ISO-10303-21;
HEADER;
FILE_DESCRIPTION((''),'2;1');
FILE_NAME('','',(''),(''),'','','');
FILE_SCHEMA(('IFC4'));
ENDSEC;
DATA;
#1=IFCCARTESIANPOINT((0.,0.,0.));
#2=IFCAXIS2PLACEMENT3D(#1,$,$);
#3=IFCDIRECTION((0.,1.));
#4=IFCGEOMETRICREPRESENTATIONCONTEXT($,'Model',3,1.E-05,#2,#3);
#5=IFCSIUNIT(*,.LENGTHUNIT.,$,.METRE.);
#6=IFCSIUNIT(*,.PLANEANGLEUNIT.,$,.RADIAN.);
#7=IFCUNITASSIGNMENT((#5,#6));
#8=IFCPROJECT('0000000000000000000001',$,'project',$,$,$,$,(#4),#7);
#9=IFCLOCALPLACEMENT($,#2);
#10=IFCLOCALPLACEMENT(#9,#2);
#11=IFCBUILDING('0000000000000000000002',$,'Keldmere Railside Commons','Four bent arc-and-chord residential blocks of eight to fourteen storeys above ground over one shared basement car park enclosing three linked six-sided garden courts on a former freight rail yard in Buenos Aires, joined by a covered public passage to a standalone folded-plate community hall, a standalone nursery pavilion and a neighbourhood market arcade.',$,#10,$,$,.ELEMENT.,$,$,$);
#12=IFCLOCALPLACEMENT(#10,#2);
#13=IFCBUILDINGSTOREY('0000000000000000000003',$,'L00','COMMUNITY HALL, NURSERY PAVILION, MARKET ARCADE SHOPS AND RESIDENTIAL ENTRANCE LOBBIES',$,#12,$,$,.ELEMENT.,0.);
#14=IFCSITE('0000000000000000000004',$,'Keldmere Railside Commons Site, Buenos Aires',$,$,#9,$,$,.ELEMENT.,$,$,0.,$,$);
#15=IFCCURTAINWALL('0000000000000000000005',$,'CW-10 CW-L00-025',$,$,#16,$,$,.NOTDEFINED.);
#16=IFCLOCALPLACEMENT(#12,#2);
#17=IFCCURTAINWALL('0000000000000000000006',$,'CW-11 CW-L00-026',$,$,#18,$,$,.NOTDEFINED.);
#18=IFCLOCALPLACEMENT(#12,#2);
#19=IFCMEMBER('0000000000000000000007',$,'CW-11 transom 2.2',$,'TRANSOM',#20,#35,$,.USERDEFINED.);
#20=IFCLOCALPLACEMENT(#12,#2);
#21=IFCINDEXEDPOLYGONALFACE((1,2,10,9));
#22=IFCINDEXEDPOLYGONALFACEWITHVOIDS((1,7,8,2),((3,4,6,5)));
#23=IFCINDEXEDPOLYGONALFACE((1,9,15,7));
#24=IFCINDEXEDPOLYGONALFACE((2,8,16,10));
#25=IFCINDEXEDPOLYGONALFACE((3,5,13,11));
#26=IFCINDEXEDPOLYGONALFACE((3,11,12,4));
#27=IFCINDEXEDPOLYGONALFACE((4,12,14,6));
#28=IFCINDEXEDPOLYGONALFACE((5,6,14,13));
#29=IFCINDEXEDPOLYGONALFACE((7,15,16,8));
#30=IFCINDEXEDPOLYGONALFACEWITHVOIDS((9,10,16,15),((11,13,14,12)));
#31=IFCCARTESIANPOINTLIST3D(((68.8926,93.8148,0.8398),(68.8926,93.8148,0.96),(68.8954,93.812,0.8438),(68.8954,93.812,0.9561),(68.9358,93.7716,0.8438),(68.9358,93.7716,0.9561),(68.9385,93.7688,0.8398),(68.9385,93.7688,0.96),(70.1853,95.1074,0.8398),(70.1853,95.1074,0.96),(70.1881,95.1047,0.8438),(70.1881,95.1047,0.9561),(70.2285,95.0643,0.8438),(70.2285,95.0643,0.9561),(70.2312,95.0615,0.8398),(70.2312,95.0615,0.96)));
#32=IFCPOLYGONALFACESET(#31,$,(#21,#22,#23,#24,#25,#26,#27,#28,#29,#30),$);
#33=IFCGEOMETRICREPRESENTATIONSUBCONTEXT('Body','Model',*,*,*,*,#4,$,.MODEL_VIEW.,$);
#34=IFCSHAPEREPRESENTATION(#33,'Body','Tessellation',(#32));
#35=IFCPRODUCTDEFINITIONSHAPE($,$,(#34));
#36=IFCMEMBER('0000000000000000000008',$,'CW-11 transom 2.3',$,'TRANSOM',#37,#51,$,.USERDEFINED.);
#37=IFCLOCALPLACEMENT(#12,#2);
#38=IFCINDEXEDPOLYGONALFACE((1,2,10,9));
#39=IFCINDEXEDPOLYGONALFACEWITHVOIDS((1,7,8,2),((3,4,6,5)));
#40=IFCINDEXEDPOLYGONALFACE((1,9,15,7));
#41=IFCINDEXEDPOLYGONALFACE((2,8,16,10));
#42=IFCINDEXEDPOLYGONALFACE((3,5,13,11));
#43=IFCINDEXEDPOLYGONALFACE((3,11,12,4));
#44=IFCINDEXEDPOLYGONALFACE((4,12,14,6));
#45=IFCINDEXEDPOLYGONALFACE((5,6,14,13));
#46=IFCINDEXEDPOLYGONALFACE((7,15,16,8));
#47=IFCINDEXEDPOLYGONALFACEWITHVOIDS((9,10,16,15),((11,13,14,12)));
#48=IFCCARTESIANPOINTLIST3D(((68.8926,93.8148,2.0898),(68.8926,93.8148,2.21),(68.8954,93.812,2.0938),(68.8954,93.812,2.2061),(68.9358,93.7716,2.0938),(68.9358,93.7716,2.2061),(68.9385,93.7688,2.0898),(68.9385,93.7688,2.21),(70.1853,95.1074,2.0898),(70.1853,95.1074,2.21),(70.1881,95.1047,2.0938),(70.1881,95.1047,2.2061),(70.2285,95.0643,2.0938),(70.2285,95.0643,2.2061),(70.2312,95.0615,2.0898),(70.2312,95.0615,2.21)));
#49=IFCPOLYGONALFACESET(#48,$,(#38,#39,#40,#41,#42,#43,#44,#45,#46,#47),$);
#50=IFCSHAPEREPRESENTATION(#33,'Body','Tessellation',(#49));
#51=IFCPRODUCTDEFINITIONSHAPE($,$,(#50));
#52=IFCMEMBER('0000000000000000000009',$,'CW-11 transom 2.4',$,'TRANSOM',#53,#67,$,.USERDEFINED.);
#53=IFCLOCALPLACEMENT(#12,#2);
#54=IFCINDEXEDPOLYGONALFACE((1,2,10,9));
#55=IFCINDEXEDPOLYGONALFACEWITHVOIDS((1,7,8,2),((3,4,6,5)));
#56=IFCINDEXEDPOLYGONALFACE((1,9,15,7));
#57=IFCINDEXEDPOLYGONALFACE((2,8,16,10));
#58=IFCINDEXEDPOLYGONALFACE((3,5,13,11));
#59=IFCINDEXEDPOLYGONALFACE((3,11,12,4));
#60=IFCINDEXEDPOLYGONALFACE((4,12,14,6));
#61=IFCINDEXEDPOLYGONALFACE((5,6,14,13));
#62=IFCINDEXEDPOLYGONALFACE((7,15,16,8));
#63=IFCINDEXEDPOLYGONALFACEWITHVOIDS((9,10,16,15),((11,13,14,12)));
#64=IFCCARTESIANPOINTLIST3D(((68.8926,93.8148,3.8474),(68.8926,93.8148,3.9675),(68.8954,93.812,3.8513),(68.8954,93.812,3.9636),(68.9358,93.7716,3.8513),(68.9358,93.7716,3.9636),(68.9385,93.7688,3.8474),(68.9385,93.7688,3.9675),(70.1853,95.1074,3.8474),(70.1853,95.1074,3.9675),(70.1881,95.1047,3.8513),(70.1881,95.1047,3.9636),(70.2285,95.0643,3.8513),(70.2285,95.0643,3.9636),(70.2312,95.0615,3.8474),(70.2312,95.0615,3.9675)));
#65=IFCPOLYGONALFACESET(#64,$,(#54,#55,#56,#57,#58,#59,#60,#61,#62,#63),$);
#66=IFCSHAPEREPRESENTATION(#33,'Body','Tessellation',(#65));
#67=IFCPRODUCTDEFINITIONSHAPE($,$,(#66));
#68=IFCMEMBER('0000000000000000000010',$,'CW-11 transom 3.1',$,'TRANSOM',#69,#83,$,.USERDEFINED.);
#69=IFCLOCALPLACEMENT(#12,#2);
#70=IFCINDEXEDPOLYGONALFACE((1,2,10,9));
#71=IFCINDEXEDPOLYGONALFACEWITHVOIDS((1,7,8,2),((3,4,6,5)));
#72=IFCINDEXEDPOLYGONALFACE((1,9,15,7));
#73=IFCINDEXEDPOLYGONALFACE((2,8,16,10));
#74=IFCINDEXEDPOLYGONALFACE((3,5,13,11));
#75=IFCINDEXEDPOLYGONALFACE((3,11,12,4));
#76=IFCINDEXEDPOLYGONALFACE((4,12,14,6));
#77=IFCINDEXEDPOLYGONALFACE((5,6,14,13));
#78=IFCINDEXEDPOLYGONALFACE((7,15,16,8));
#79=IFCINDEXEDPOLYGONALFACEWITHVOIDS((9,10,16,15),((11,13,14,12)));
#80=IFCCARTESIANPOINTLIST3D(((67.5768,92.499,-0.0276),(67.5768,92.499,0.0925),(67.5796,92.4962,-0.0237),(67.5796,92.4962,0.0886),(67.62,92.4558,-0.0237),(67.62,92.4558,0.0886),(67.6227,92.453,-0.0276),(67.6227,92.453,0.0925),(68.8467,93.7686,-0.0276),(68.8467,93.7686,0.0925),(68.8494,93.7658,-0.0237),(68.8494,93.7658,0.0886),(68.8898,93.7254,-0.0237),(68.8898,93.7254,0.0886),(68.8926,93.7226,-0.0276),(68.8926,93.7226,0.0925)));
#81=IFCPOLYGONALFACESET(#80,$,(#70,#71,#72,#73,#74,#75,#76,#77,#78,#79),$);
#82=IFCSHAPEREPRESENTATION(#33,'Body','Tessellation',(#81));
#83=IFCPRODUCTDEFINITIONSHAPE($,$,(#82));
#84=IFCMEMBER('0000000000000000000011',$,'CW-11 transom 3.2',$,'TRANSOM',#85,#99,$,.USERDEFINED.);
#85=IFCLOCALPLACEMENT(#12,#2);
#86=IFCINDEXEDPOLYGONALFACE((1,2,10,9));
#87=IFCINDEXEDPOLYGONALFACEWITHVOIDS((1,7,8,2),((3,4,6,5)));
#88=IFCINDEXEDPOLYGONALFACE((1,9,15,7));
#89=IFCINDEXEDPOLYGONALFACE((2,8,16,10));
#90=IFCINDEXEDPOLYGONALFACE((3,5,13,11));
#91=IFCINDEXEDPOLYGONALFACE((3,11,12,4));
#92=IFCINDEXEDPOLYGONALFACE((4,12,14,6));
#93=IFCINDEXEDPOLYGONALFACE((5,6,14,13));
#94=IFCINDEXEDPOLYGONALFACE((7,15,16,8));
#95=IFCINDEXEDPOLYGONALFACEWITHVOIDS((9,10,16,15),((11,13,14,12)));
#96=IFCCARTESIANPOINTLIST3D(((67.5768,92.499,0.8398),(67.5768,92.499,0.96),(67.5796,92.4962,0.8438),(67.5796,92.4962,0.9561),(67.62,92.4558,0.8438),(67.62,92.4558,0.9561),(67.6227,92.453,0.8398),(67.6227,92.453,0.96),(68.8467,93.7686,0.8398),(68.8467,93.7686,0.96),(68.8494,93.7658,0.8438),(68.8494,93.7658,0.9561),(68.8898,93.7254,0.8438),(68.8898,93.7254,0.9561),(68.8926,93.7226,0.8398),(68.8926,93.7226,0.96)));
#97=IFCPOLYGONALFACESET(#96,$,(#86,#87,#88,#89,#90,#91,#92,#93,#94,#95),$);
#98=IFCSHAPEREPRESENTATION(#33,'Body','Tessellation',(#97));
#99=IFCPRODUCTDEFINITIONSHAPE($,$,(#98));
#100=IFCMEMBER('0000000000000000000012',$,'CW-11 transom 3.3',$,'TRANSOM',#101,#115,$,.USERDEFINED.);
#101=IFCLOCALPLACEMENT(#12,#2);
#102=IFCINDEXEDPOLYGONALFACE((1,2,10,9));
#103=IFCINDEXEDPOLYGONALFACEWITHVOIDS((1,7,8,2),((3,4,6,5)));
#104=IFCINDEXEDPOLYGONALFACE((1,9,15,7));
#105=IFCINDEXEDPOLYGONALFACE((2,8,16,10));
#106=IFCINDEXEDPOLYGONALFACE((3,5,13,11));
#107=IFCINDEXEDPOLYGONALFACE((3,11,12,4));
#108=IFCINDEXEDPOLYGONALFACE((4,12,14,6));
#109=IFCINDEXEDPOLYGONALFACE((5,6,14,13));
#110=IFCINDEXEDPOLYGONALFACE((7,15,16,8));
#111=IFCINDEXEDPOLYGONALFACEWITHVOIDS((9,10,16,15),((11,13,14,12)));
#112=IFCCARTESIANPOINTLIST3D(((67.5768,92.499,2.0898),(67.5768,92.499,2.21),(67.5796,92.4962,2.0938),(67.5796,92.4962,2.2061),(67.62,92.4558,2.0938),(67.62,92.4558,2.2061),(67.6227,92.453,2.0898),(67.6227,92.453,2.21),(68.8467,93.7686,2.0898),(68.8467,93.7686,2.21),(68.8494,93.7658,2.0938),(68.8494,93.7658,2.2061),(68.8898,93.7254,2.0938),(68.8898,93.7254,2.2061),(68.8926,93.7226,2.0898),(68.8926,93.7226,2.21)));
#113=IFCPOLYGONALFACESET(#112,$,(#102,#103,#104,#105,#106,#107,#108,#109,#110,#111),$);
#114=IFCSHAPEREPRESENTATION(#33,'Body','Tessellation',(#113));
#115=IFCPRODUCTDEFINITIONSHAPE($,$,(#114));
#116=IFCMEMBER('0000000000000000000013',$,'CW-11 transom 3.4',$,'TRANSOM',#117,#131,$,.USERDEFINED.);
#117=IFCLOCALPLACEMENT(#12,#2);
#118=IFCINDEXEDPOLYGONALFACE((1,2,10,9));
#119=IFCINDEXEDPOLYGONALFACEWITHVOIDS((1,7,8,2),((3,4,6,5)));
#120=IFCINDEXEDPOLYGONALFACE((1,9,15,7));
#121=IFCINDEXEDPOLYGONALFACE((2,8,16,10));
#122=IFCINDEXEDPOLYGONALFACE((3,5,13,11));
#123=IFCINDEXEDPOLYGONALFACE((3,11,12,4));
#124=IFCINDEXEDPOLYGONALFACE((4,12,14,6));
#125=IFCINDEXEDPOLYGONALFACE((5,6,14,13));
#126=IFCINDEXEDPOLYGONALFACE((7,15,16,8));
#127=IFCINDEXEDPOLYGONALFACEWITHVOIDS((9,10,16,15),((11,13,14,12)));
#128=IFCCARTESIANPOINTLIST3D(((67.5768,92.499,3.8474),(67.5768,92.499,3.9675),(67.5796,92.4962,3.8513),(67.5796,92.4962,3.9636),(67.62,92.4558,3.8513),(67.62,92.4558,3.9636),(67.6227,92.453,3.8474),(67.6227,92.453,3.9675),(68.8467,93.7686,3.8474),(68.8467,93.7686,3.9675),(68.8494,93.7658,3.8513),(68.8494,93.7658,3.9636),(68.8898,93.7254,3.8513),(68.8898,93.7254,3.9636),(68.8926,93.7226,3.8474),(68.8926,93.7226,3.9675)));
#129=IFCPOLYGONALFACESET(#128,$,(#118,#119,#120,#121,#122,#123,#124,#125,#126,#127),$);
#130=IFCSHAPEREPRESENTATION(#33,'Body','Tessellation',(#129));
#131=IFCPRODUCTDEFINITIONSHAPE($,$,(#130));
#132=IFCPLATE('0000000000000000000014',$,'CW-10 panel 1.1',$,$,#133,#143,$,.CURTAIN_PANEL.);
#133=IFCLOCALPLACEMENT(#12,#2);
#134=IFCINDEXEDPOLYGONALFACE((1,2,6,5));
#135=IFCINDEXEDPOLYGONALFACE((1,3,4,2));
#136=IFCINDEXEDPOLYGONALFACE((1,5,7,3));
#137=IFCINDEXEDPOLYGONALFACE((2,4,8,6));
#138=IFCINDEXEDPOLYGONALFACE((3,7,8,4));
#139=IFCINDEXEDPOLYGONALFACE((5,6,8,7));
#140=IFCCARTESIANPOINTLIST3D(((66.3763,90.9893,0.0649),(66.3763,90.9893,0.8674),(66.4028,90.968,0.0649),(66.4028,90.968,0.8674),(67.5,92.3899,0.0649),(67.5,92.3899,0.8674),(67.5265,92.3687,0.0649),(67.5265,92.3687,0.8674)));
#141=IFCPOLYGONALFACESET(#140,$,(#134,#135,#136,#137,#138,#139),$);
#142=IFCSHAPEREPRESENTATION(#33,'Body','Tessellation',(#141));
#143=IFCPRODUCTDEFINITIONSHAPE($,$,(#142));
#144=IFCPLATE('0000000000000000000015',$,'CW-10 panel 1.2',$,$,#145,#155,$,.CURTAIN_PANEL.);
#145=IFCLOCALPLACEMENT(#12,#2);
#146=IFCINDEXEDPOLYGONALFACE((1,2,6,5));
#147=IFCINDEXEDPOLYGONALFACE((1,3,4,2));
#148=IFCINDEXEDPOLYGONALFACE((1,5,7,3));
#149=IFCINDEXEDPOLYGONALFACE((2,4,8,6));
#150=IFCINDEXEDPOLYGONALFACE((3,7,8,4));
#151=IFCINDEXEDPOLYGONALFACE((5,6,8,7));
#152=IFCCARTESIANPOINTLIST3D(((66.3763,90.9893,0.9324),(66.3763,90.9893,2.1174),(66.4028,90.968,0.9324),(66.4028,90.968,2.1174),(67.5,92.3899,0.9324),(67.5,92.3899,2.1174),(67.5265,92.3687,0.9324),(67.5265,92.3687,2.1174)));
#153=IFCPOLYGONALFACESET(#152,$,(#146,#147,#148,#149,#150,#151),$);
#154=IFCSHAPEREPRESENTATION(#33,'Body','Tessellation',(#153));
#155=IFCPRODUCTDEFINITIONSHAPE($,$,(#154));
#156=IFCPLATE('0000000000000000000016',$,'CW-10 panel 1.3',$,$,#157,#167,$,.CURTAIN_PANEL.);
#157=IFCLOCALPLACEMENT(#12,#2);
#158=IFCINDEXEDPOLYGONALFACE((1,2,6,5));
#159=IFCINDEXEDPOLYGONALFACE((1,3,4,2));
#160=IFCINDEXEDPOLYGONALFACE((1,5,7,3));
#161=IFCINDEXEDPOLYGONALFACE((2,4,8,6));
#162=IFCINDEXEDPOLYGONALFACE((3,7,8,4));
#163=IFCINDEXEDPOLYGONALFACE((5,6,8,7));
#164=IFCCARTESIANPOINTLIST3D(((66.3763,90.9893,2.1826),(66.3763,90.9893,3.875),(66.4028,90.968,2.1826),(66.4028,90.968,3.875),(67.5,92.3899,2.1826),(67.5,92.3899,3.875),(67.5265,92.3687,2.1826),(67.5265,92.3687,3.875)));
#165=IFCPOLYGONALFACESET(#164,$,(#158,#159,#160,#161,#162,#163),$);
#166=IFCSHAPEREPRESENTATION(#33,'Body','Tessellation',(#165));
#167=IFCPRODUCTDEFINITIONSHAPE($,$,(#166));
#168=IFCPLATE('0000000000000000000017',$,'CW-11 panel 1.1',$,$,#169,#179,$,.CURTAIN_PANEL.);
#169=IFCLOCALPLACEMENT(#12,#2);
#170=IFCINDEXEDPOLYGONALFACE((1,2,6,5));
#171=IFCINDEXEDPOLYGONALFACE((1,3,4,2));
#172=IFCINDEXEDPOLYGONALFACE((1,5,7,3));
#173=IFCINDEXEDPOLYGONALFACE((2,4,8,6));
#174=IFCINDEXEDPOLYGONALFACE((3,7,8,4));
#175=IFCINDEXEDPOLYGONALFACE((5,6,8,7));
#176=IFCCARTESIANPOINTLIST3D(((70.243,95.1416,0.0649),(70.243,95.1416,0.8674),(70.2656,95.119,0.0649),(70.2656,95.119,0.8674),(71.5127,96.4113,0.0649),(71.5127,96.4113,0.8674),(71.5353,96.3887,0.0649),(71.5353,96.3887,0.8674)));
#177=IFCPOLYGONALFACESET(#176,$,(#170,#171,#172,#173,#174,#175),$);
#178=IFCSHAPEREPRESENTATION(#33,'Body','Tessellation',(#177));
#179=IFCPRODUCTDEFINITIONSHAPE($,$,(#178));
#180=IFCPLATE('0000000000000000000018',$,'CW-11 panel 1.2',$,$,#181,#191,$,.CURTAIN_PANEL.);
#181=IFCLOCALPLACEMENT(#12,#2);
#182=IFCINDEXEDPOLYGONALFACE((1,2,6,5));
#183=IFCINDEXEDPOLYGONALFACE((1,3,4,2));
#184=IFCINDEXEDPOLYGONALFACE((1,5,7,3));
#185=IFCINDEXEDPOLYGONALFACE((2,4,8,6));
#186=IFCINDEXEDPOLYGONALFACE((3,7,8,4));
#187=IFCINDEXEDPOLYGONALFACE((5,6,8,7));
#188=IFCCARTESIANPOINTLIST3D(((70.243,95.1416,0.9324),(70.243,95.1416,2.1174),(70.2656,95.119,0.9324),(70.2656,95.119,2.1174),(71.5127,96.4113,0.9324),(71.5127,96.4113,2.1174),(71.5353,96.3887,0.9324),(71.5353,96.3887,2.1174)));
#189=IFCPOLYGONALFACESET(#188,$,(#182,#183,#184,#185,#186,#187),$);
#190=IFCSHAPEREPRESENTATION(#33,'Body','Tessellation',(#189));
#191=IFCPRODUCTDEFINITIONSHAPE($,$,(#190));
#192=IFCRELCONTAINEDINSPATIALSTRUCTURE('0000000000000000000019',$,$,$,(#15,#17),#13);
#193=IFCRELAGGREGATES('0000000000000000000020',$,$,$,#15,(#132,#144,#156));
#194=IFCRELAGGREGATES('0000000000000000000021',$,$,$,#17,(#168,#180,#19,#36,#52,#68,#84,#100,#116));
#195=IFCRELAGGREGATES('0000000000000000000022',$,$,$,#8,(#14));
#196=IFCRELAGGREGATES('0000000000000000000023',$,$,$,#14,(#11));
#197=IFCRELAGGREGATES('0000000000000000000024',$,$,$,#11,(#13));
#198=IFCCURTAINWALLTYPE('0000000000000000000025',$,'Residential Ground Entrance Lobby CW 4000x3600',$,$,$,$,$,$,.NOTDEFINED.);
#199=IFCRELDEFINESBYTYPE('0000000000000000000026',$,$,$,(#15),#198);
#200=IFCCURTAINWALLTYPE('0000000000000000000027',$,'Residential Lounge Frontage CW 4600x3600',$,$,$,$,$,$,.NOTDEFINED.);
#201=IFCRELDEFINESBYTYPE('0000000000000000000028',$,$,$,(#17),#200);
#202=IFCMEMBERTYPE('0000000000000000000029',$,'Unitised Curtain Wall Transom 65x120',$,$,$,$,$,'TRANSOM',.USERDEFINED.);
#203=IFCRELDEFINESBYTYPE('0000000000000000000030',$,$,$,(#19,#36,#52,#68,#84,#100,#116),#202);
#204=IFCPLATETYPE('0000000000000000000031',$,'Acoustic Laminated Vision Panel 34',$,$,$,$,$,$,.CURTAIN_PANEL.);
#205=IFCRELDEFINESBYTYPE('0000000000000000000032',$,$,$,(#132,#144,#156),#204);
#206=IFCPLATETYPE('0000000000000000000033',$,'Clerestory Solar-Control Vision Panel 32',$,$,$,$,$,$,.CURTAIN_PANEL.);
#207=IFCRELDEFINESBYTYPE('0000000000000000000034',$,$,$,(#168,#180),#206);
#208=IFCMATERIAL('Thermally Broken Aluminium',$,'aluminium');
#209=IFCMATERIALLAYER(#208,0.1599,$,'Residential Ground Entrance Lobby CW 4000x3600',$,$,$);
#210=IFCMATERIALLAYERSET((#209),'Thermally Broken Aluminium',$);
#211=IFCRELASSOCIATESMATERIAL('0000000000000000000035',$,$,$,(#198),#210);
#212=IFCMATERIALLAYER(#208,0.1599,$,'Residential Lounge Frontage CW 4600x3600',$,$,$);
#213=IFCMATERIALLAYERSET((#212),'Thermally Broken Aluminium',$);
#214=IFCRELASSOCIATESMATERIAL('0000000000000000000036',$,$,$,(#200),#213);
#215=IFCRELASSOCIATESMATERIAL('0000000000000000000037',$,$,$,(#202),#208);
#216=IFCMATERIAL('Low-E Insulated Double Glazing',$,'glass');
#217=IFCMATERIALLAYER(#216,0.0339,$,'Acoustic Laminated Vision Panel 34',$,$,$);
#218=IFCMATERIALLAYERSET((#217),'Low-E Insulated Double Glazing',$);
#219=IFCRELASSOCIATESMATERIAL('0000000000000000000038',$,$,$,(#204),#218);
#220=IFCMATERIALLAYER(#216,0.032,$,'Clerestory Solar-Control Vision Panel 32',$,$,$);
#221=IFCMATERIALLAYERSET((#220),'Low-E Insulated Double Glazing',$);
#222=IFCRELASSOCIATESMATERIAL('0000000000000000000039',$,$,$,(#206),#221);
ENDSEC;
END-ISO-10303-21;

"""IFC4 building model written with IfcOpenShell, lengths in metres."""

from ifc_helpers import new_model, si_unit, direction, frame, origin, origin_2d, place, context, subcontext, project, spatial, rectangle, hollow_rectangle, extrude, material, layer, layer_set, material_profile, profile_set, type_object, element, aggregate, save


model = new_model("IFC4")

# Units and contexts
model_context = context("Model", 3, precision=1e-05, world=origin(), true_north=direction((0.0, 1.0)))
body_context = subcontext(model_context, "Body", "Model", "MODEL_VIEW")
ifc_project = project(units=[si_unit("LENGTHUNIT", "METRE"), si_unit("PLANEANGLEUNIT", "RADIAN")], contexts=[model_context])

# Site, building, storey
site_placement = place(None, origin())
site = spatial("IfcSite", under=ifc_project, at=site_placement, Name="Keldmere Railside Commons Site, Buenos Aires", CompositionType="ELEMENT", RefElevation=0.0)
building_placement = place(site_placement, origin())
building = spatial("IfcBuilding", under=site, at=building_placement, Name="Keldmere Railside Commons", Description="Four bent arc-and-chord residential blocks of eight to fourteen storeys above ground over one shared basement car park enclosing three linked six-sided garden courts on a former freight rail yard in Buenos Aires, joined by a covered public passage to a standalone folded-plate community hall, a standalone nursery pavilion and a neighbourhood market arcade.", CompositionType="ELEMENT")
storey_placement = place(building_placement, origin())
storey = spatial("IfcBuildingStorey", under=building, at=storey_placement, Name="L00", Description="COMMUNITY HALL, NURSERY PAVILION, MARKET ARCADE SHOPS AND RESIDENTIAL ENTRANCE LOBBIES", CompositionType="ELEMENT", Elevation=0.0)

# Curtain walls
ifc_material_1 = material(Name="Thermally Broken Aluminium", Category="aluminium")
ifc_layer_1 = layer(ifc_material_1, 0.1599, Name="Residential Ground Entrance Lobby CW 4000x3600")
ifc_layer_set_1 = layer_set([ifc_layer_1], Name="Thermally Broken Aluminium")
curtain_wall_type_1 = type_object("IfcCurtainWallType", Name="Residential Ground Entrance Lobby CW 4000x3600", PredefinedType="NOTDEFINED", material=ifc_layer_set_1)
curtain_wall_1_placement = place(storey_placement, origin())
curtain_wall_1 = element("IfcCurtainWall", 1, at=curtain_wall_1_placement, inside=storey, type_object=curtain_wall_type_1, Name="CW-10 CW-L00-025", PredefinedType="NOTDEFINED")
ifc_layer_2 = layer(ifc_material_1, 0.1599, Name="Residential Lounge Frontage CW 4600x3600")
ifc_layer_set_2 = layer_set([ifc_layer_2], Name="Thermally Broken Aluminium")
curtain_wall_type_2 = type_object("IfcCurtainWallType", Name="Residential Lounge Frontage CW 4600x3600", PredefinedType="NOTDEFINED", material=ifc_layer_set_2)
curtain_wall_2_placement = place(storey_placement, origin())
curtain_wall_2 = element("IfcCurtainWall", 2, at=curtain_wall_2_placement, inside=storey, type_object=curtain_wall_type_2, Name="CW-11 CW-L00-026", PredefinedType="NOTDEFINED")

# Members
ifc_material_profile_1 = material_profile(ifc_material_1, hollow_rectangle(XDim=0.0649, YDim=0.1201, WallThickness=0.0039, at=origin_2d()), Name="ALU-TRAN-65x120")
ifc_profile_set_1 = profile_set([ifc_material_profile_1], Name="Thermally Broken Aluminium")
member_type_1 = type_object("IfcMemberType", Name="Unitised Curtain Wall Transom 65x120", ElementType="TRANSOM", PredefinedType="USERDEFINED", material=ifc_profile_set_1)
member_1_placement = place(storey_placement, frame((70.2083, 95.0845, 0.8999), z_axis=(-0.707107, -0.707107, 0.0), x_axis=(0.707107, -0.707107, 0.0)))
member_1 = element("IfcMember", 3, at=member_1_placement, type_object=member_type_1, Name="CW-11 transom 2.2", ObjectType="TRANSOM", PredefinedType="USERDEFINED", context=body_context, shape_type="SweptSolid", body=[
    extrude(hollow_rectangle(XDim=0.0649, YDim=0.1201, WallThickness=0.0039, at=origin_2d()), origin(), (0.0, 0.0, 1.0), 1.8281),
])
member_2_placement = place(storey_placement, frame((70.2083, 95.0845, 2.1499), z_axis=(-0.707107, -0.707107, 0.0), x_axis=(0.707107, -0.707107, 0.0)))
member_2 = element("IfcMember", 4, at=member_2_placement, type_object=member_type_1, Name="CW-11 transom 2.3", ObjectType="TRANSOM", PredefinedType="USERDEFINED", context=body_context, shape_type="SweptSolid", body=[
    extrude(hollow_rectangle(XDim=0.0649, YDim=0.1201, WallThickness=0.0039, at=origin_2d()), origin(), (0.0, 0.0, 1.0), 1.8281),
])
member_3_placement = place(storey_placement, frame((70.2083, 95.0845, 3.9075), z_axis=(-0.707107, -0.707107, 0.0), x_axis=(0.707107, -0.707107, 0.0)))
member_3 = element("IfcMember", 5, at=member_3_placement, type_object=member_type_1, Name="CW-11 transom 2.4", ObjectType="TRANSOM", PredefinedType="USERDEFINED", context=body_context, shape_type="SweptSolid", body=[
    extrude(hollow_rectangle(XDim=0.0649, YDim=0.1201, WallThickness=0.0039, at=origin_2d()), origin(), (0.0, 0.0, 1.0), 1.8281),
])
member_4_placement = place(storey_placement, frame((68.8696, 93.7456, 0.0325), z_axis=(-0.707175, -0.707039, 0.0), x_axis=(0.707039, -0.707175, 0.0)))
member_4 = element("IfcMember", 6, at=member_4_placement, type_object=member_type_1, Name="CW-11 transom 3.1", ObjectType="TRANSOM", PredefinedType="USERDEFINED", context=body_context, shape_type="SweptSolid", body=[
    extrude(hollow_rectangle(XDim=0.0649, YDim=0.1201, WallThickness=0.0039, at=origin_2d()), origin(), (0.0, 0.0, 1.0), 1.7957),
])
member_5_placement = place(storey_placement, frame((68.8696, 93.7456, 0.8999), z_axis=(-0.707175, -0.707039, 0.0), x_axis=(0.707039, -0.707175, 0.0)))
member_5 = element("IfcMember", 7, at=member_5_placement, type_object=member_type_1, Name="CW-11 transom 3.2", ObjectType="TRANSOM", PredefinedType="USERDEFINED", context=body_context, shape_type="SweptSolid", body=[
    extrude(hollow_rectangle(XDim=0.0649, YDim=0.1201, WallThickness=0.0039, at=origin_2d()), origin(), (0.0, 0.0, 1.0), 1.7957),
])
member_6_placement = place(storey_placement, frame((68.8696, 93.7456, 2.1499), z_axis=(-0.707175, -0.707039, 0.0), x_axis=(0.707039, -0.707175, 0.0)))
member_6 = element("IfcMember", 8, at=member_6_placement, type_object=member_type_1, Name="CW-11 transom 3.3", ObjectType="TRANSOM", PredefinedType="USERDEFINED", context=body_context, shape_type="SweptSolid", body=[
    extrude(hollow_rectangle(XDim=0.0649, YDim=0.1201, WallThickness=0.0039, at=origin_2d()), origin(), (0.0, 0.0, 1.0), 1.7957),
])
member_7_placement = place(storey_placement, frame((68.8696, 93.7456, 3.9075), z_axis=(-0.707175, -0.707039, 0.0), x_axis=(0.707039, -0.707175, 0.0)))
member_7 = element("IfcMember", 9, at=member_7_placement, type_object=member_type_1, Name="CW-11 transom 3.4", ObjectType="TRANSOM", PredefinedType="USERDEFINED", context=body_context, shape_type="SweptSolid", body=[
    extrude(hollow_rectangle(XDim=0.0649, YDim=0.1201, WallThickness=0.0039, at=origin_2d()), origin(), (0.0, 0.0, 1.0), 1.7957),
])

# Plates
ifc_material_2 = material(Name="Low-E Insulated Double Glazing", Category="glass")
ifc_layer_3 = layer(ifc_material_2, 0.0339, Name="Acoustic Laminated Vision Panel 34")
ifc_layer_set_3 = layer_set([ifc_layer_3], Name="Low-E Insulated Double Glazing")
plate_type_1 = type_object("IfcPlateType", Name="Acoustic Laminated Vision Panel 34", PredefinedType="CURTAIN_PANEL", material=ifc_layer_set_3)
plate_1_placement = place(storey_placement, frame((66.9514, 91.679, 0.0649), z_axis=(0.0, 0.0, 1.0), x_axis=(-0.625768, -0.780009, 0.0)))
plate_1 = element("IfcPlate", 10, at=plate_1_placement, type_object=plate_type_1, Name="CW-10 panel 1.1", PredefinedType="CURTAIN_PANEL", context=body_context, shape_type="SweptSolid", body=[
    extrude(rectangle(XDim=1.7957, YDim=0.0339, at=origin_2d()), origin(), (0.0, 0.0, 1.0), 0.8025),
])
plate_2_placement = place(storey_placement, frame((66.9514, 91.679, 0.9324), z_axis=(0.0, 0.0, 1.0), x_axis=(-0.625768, -0.780009, 0.0)))
plate_2 = element("IfcPlate", 11, at=plate_2_placement, type_object=plate_type_1, Name="CW-10 panel 1.2", PredefinedType="CURTAIN_PANEL", context=body_context, shape_type="SweptSolid", body=[
    extrude(rectangle(XDim=1.7957, YDim=0.0339, at=origin_2d()), origin(), (0.0, 0.0, 1.0), 1.1851),
])
plate_3_placement = place(storey_placement, frame((66.9514, 91.679, 2.1826), z_axis=(0.0, 0.0, 1.0), x_axis=(-0.625768, -0.780009, 0.0)))
plate_3 = element("IfcPlate", 12, at=plate_3_placement, type_object=plate_type_1, Name="CW-10 panel 1.3", PredefinedType="CURTAIN_PANEL", context=body_context, shape_type="SweptSolid", body=[
    extrude(rectangle(XDim=1.7957, YDim=0.0339, at=origin_2d()), origin(), (0.0, 0.0, 1.0), 1.6924),
])
aggregate(curtain_wall_1, [plate_1, plate_2, plate_3])
ifc_layer_4 = layer(ifc_material_2, 0.032, Name="Clerestory Solar-Control Vision Panel 32")
ifc_layer_set_4 = layer_set([ifc_layer_4], Name="Low-E Insulated Double Glazing")
plate_type_2 = type_object("IfcPlateType", Name="Clerestory Solar-Control Vision Panel 32", PredefinedType="CURTAIN_PANEL", material=ifc_layer_set_4)
plate_4_placement = place(storey_placement, frame((70.8892, 95.7651, 0.0649), z_axis=(0.0, 0.0, 1.0), x_axis=(-0.707107, -0.707107, 0.0)))
plate_4 = element("IfcPlate", 13, at=plate_4_placement, type_object=plate_type_2, Name="CW-11 panel 1.1", PredefinedType="CURTAIN_PANEL", context=body_context, shape_type="SweptSolid", body=[
    extrude(rectangle(XDim=1.7957, YDim=0.032, at=origin_2d()), origin(), (0.0, 0.0, 1.0), 0.8025),
])
plate_5_placement = place(storey_placement, frame((70.8892, 95.7651, 0.9324), z_axis=(0.0, 0.0, 1.0), x_axis=(-0.707107, -0.707107, 0.0)))
plate_5 = element("IfcPlate", 14, at=plate_5_placement, type_object=plate_type_2, Name="CW-11 panel 1.2", PredefinedType="CURTAIN_PANEL", context=body_context, shape_type="SweptSolid", body=[
    extrude(rectangle(XDim=1.7957, YDim=0.032, at=origin_2d()), origin(), (0.0, 0.0, 1.0), 1.1851),
])
aggregate(curtain_wall_2, [plate_4, plate_5, member_1, member_2, member_3, member_4, member_5, member_6, member_7])

save(model, "model.ifc")
